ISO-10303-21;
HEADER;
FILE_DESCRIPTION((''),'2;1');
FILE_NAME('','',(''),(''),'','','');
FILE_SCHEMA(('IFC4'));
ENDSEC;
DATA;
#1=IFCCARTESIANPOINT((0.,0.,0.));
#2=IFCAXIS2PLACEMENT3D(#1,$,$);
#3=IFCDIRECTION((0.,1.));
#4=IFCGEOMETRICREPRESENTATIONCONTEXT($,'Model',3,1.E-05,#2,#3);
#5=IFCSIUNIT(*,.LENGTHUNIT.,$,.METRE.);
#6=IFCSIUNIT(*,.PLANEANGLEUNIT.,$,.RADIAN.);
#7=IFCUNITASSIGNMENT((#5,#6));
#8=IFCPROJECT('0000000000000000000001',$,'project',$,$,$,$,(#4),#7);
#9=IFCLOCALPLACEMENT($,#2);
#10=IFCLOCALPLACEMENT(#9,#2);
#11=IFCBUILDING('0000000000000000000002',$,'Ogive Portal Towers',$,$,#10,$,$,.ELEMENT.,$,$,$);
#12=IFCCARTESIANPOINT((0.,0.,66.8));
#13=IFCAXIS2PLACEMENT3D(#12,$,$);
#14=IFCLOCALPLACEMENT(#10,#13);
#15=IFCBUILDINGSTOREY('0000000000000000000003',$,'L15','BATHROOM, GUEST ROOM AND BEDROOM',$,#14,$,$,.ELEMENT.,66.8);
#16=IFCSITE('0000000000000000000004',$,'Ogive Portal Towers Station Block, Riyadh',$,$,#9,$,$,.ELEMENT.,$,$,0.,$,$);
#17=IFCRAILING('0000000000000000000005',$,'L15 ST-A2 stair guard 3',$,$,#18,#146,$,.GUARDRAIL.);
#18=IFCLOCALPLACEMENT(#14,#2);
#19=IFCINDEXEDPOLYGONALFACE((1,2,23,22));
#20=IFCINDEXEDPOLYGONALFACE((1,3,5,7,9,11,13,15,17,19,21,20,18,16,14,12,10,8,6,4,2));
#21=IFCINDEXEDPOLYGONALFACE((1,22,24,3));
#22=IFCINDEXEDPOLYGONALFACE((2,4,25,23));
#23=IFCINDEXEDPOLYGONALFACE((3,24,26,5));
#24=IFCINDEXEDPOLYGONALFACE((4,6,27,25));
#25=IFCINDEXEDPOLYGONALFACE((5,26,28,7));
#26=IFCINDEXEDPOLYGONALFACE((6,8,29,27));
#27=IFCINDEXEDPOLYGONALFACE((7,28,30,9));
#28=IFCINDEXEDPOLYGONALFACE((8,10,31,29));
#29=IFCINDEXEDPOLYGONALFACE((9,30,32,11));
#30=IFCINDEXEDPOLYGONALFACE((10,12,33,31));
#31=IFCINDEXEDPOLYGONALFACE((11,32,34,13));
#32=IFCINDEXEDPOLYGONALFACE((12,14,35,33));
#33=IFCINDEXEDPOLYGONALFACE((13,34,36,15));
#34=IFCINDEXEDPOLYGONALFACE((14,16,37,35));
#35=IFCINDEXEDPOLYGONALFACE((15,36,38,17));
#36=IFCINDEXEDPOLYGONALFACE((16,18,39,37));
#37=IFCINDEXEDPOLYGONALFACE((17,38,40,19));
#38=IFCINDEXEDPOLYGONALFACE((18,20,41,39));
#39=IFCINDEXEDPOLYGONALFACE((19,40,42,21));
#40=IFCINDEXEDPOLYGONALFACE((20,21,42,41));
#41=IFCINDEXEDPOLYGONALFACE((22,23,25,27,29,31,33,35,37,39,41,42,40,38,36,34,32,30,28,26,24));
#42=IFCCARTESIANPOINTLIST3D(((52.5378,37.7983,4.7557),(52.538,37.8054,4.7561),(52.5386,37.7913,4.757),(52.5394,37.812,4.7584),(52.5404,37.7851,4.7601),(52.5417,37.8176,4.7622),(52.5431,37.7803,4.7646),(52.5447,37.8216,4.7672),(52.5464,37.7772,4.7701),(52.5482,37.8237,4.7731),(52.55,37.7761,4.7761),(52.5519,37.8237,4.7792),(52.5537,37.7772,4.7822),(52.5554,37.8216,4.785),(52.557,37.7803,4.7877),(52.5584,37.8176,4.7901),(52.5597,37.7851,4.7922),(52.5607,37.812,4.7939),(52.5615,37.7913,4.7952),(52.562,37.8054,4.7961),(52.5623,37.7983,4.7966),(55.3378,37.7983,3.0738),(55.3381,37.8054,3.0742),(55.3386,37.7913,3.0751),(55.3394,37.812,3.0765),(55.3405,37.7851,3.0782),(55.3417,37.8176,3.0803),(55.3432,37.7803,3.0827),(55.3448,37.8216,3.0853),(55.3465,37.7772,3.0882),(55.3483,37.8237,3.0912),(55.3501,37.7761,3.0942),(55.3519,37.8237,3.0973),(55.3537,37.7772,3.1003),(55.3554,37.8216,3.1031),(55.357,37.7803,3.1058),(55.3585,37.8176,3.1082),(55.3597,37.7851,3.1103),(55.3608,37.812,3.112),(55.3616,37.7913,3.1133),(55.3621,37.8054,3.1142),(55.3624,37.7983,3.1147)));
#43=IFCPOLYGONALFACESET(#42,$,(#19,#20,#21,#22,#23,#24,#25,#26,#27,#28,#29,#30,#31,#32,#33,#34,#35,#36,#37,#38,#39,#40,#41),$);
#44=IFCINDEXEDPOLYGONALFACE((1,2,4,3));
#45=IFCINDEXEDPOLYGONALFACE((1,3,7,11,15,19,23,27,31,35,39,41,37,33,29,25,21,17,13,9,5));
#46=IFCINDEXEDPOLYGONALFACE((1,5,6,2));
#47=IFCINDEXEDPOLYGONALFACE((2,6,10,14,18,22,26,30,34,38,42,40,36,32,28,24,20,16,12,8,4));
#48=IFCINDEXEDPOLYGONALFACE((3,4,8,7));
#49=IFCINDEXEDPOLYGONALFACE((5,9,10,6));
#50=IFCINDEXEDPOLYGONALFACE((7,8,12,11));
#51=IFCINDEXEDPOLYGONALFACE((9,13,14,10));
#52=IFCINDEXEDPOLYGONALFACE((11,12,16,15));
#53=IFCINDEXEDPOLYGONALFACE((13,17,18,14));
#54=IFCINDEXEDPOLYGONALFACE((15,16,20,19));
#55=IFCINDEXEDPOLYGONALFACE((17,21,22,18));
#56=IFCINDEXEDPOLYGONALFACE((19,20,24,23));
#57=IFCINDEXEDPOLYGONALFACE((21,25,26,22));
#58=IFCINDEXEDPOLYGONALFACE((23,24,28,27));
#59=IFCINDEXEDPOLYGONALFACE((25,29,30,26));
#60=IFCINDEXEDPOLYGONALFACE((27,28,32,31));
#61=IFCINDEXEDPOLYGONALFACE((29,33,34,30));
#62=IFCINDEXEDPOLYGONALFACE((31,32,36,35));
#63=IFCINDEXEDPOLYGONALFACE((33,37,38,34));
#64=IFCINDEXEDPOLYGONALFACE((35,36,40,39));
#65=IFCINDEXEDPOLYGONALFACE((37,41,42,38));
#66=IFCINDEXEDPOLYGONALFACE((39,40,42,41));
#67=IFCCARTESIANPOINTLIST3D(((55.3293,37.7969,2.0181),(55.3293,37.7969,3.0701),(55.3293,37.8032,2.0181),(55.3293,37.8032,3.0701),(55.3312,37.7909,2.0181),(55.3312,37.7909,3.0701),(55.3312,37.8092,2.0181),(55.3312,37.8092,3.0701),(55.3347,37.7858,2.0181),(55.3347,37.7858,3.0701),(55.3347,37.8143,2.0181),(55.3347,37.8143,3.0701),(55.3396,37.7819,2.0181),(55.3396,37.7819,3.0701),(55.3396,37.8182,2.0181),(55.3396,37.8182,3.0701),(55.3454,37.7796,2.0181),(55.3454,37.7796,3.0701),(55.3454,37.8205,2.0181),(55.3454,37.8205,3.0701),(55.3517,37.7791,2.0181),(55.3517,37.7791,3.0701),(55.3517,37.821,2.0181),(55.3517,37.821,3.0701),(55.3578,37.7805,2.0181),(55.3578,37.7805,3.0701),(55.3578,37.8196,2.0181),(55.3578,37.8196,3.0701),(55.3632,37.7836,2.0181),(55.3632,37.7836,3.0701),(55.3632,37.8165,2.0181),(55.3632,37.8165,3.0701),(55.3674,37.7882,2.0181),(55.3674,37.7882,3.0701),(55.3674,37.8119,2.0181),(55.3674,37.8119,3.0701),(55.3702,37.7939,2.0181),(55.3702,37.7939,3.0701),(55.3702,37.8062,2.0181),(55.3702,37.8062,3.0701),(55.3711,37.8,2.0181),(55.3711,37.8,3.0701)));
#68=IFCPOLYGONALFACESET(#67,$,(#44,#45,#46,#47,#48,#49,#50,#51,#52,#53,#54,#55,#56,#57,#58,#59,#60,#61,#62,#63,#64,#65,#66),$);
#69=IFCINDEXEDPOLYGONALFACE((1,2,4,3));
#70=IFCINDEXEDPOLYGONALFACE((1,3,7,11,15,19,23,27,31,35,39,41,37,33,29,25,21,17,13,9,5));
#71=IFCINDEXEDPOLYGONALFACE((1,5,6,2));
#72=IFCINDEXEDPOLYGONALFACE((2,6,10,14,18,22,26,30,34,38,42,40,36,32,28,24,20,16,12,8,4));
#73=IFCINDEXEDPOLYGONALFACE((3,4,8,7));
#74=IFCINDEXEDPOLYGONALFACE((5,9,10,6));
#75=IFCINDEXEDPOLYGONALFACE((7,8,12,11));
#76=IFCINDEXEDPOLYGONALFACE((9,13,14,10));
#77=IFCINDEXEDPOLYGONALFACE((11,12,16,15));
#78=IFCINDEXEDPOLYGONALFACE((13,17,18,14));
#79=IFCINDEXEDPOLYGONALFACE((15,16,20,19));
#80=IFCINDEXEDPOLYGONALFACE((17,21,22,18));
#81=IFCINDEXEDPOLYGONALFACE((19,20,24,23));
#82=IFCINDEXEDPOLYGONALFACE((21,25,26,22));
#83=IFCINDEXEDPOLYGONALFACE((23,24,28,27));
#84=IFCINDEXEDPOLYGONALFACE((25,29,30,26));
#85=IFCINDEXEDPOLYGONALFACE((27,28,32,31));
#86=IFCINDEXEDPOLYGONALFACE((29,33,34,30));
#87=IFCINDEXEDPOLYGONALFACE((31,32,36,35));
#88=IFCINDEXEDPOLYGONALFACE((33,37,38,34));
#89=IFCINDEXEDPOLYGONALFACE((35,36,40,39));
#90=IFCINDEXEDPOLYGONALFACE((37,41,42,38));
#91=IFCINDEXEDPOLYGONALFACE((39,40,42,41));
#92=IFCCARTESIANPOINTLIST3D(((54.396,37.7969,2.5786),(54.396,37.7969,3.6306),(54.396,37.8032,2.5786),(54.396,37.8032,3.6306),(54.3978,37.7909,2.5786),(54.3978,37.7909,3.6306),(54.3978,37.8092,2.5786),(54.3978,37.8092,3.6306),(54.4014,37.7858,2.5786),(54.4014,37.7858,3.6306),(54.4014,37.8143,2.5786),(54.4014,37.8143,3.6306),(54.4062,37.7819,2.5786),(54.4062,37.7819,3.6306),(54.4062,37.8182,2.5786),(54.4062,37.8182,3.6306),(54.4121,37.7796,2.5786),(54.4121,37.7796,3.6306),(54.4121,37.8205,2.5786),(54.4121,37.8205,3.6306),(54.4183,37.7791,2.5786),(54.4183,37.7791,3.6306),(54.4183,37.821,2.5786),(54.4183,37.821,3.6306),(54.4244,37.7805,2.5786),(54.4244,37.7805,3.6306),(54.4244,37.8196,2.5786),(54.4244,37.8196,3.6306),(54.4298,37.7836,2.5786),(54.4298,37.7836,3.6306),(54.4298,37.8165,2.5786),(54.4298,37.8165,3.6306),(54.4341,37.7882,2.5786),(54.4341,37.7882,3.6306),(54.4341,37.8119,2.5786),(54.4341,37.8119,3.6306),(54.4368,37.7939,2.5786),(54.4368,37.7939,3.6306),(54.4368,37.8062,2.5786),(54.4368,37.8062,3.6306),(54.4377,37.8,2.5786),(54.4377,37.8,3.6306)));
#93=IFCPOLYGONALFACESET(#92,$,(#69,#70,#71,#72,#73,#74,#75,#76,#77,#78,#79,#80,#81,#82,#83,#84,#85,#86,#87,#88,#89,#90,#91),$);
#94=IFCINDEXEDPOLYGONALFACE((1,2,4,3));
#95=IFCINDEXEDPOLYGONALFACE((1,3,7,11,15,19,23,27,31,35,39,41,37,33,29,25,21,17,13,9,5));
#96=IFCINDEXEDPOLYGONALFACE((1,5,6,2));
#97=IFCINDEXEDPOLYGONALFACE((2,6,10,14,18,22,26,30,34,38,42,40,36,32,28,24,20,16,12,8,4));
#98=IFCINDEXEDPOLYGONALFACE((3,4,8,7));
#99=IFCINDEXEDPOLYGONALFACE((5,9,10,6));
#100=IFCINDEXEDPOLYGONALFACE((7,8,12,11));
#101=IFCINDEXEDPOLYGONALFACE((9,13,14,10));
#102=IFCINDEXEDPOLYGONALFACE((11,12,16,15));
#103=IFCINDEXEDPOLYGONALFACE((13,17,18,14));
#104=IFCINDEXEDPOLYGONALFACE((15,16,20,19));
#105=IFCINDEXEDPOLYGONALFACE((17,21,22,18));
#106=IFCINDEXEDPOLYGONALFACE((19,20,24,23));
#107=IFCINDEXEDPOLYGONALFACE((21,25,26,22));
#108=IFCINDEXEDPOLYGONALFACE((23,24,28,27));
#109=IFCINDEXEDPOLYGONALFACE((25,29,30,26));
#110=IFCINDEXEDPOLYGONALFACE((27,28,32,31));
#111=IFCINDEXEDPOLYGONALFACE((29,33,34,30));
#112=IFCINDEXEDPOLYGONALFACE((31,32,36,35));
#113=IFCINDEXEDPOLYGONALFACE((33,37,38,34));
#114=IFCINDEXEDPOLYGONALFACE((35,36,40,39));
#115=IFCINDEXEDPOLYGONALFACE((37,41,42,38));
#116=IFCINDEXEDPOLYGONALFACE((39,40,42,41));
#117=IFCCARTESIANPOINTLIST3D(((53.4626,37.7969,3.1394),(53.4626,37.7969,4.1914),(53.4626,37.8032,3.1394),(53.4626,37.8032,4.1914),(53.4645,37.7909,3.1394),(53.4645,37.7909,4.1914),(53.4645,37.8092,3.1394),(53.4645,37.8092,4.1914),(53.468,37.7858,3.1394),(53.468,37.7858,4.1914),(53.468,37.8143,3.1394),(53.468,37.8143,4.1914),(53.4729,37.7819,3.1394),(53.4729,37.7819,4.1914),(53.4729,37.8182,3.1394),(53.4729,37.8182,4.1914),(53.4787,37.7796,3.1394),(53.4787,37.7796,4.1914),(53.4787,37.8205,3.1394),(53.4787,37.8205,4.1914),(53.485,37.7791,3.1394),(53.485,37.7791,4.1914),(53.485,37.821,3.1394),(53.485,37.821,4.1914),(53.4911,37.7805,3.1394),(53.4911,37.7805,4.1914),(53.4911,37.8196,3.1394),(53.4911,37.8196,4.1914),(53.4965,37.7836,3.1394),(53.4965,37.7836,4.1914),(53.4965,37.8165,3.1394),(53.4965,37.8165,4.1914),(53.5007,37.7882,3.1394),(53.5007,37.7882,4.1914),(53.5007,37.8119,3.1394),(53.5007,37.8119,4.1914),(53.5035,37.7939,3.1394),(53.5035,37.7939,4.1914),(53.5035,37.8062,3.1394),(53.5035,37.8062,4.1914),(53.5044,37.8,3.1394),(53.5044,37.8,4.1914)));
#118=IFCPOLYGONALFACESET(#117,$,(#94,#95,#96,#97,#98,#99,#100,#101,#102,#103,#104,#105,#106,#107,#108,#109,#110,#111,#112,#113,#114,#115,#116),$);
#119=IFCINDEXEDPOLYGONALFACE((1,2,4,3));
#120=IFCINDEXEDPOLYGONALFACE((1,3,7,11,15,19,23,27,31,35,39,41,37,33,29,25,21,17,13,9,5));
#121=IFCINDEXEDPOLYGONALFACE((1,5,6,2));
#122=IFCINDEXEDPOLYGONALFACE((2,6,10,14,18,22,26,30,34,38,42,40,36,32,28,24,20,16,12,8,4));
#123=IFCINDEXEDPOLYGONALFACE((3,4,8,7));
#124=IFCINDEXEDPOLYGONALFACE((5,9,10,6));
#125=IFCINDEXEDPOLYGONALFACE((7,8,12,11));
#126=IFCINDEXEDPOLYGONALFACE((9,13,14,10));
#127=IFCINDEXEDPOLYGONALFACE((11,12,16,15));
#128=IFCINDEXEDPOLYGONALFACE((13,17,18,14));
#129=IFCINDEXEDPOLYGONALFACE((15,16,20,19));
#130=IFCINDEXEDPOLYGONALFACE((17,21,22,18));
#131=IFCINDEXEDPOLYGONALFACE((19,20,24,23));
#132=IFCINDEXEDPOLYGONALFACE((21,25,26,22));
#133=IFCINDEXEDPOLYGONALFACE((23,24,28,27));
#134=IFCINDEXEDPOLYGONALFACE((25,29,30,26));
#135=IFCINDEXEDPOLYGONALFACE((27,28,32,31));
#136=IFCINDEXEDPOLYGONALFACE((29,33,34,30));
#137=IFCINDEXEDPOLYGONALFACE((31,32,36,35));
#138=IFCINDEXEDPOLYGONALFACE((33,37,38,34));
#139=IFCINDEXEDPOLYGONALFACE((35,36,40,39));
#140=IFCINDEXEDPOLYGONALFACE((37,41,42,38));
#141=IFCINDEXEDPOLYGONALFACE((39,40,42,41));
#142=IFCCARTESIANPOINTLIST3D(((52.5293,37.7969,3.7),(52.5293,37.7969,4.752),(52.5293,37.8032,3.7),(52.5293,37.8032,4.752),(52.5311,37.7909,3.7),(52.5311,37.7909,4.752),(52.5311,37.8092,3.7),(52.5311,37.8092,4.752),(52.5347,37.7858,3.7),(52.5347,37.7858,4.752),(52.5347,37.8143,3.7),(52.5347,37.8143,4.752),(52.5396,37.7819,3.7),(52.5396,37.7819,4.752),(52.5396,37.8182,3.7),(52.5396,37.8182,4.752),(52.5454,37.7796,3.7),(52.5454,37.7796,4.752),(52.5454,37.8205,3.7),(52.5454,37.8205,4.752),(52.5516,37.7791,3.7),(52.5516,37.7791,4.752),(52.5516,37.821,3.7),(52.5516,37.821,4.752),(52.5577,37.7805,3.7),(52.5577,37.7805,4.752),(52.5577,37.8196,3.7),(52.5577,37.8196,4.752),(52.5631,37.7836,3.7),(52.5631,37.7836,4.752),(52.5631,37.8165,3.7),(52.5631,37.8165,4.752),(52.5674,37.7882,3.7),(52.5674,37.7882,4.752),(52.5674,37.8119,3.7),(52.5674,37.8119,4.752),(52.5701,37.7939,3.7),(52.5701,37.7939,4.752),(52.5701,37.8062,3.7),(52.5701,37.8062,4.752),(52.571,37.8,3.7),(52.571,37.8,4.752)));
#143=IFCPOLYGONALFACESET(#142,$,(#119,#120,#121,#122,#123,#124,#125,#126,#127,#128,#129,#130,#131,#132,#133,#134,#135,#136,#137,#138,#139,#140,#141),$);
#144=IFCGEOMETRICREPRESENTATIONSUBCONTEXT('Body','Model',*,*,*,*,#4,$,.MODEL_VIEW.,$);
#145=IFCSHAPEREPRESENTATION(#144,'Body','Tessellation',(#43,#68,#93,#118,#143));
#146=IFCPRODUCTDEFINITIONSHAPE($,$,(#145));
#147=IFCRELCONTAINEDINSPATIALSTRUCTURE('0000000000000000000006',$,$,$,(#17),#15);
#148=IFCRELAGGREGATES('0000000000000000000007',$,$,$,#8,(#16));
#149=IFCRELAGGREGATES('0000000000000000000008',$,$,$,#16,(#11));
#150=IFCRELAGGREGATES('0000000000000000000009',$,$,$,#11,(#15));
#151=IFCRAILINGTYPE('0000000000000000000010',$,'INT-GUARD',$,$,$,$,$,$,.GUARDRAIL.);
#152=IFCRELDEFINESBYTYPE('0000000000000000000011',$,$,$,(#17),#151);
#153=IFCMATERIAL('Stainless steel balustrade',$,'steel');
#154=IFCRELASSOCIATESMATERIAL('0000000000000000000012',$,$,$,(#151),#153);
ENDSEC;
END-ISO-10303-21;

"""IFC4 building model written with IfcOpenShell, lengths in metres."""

from ifc_helpers import new_model, si_unit, direction, frame, origin, origin_2d, place, context, subcontext, project, spatial, circle, extrude, material, type_object, element, save


model = new_model("IFC4")

# Units and contexts
model_context = context("Model", 3, precision=1e-05, world=origin(), true_north=direction((0.0, 1.0)))
body_context = subcontext(model_context, "Body", "Model", "MODEL_VIEW")
ifc_project = project(units=[si_unit("LENGTHUNIT", "METRE"), si_unit("PLANEANGLEUNIT", "RADIAN")], contexts=[model_context])

# Site, building, storey
site_placement = place(None, origin())
site = spatial("IfcSite", under=ifc_project, at=site_placement, Name="Ogive Portal Towers Station Block, Riyadh", CompositionType="ELEMENT", RefElevation=0.0)
building_placement = place(site_placement, origin())
building = spatial("IfcBuilding", under=site, at=building_placement, Name="Ogive Portal Towers", CompositionType="ELEMENT")
storey_placement = place(building_placement, frame((0.0, 0.0, 66.8)))
storey = spatial("IfcBuildingStorey", under=building, at=storey_placement, Name="L15", Description="BATHROOM, GUEST ROOM AND BEDROOM", CompositionType="ELEMENT", Elevation=66.8)

# Railing
ifc_material_1 = material(Name="Stainless steel balustrade", Category="steel")
railing_type_1 = type_object("IfcRailingType", Name="INT-GUARD", PredefinedType="GUARDRAIL", material=ifc_material_1)
railing_1_placement = place(storey_placement, frame((55.3501, 37.8, 2.0181)))
element("IfcRailing", 1, at=railing_1_placement, inside=storey, type_object=railing_type_1, Name="L15 ST-A2 stair guard 3", PredefinedType="GUARDRAIL", context=body_context, shape_type="SweptSolid", body=[
    extrude(circle(Radius=0.0239, at=origin_2d()), frame((0.0, 0.0, 1.0762), z_axis=(-0.857242, 0.0, 0.514913), x_axis=(0.0, -1.0, 0.0)), (0.0, 0.0, 1.0), 3.2664),
    extrude(circle(Radius=0.021, at=origin_2d()), origin(), (0.0, 0.0, 1.0), 1.052),
    extrude(circle(Radius=0.021, at=origin_2d()), frame((-0.9333, 0.0, 0.5605)), (0.0, 0.0, 1.0), 1.052),
    extrude(circle(Radius=0.021, at=origin_2d()), frame((-1.8667, 0.0, 1.1213)), (0.0, 0.0, 1.0), 1.052),
    extrude(circle(Radius=0.021, at=origin_2d()), frame((-2.8, 0.0, 1.6819)), (0.0, 0.0, 1.0), 1.052),
])

save(model, "model.ifc")
